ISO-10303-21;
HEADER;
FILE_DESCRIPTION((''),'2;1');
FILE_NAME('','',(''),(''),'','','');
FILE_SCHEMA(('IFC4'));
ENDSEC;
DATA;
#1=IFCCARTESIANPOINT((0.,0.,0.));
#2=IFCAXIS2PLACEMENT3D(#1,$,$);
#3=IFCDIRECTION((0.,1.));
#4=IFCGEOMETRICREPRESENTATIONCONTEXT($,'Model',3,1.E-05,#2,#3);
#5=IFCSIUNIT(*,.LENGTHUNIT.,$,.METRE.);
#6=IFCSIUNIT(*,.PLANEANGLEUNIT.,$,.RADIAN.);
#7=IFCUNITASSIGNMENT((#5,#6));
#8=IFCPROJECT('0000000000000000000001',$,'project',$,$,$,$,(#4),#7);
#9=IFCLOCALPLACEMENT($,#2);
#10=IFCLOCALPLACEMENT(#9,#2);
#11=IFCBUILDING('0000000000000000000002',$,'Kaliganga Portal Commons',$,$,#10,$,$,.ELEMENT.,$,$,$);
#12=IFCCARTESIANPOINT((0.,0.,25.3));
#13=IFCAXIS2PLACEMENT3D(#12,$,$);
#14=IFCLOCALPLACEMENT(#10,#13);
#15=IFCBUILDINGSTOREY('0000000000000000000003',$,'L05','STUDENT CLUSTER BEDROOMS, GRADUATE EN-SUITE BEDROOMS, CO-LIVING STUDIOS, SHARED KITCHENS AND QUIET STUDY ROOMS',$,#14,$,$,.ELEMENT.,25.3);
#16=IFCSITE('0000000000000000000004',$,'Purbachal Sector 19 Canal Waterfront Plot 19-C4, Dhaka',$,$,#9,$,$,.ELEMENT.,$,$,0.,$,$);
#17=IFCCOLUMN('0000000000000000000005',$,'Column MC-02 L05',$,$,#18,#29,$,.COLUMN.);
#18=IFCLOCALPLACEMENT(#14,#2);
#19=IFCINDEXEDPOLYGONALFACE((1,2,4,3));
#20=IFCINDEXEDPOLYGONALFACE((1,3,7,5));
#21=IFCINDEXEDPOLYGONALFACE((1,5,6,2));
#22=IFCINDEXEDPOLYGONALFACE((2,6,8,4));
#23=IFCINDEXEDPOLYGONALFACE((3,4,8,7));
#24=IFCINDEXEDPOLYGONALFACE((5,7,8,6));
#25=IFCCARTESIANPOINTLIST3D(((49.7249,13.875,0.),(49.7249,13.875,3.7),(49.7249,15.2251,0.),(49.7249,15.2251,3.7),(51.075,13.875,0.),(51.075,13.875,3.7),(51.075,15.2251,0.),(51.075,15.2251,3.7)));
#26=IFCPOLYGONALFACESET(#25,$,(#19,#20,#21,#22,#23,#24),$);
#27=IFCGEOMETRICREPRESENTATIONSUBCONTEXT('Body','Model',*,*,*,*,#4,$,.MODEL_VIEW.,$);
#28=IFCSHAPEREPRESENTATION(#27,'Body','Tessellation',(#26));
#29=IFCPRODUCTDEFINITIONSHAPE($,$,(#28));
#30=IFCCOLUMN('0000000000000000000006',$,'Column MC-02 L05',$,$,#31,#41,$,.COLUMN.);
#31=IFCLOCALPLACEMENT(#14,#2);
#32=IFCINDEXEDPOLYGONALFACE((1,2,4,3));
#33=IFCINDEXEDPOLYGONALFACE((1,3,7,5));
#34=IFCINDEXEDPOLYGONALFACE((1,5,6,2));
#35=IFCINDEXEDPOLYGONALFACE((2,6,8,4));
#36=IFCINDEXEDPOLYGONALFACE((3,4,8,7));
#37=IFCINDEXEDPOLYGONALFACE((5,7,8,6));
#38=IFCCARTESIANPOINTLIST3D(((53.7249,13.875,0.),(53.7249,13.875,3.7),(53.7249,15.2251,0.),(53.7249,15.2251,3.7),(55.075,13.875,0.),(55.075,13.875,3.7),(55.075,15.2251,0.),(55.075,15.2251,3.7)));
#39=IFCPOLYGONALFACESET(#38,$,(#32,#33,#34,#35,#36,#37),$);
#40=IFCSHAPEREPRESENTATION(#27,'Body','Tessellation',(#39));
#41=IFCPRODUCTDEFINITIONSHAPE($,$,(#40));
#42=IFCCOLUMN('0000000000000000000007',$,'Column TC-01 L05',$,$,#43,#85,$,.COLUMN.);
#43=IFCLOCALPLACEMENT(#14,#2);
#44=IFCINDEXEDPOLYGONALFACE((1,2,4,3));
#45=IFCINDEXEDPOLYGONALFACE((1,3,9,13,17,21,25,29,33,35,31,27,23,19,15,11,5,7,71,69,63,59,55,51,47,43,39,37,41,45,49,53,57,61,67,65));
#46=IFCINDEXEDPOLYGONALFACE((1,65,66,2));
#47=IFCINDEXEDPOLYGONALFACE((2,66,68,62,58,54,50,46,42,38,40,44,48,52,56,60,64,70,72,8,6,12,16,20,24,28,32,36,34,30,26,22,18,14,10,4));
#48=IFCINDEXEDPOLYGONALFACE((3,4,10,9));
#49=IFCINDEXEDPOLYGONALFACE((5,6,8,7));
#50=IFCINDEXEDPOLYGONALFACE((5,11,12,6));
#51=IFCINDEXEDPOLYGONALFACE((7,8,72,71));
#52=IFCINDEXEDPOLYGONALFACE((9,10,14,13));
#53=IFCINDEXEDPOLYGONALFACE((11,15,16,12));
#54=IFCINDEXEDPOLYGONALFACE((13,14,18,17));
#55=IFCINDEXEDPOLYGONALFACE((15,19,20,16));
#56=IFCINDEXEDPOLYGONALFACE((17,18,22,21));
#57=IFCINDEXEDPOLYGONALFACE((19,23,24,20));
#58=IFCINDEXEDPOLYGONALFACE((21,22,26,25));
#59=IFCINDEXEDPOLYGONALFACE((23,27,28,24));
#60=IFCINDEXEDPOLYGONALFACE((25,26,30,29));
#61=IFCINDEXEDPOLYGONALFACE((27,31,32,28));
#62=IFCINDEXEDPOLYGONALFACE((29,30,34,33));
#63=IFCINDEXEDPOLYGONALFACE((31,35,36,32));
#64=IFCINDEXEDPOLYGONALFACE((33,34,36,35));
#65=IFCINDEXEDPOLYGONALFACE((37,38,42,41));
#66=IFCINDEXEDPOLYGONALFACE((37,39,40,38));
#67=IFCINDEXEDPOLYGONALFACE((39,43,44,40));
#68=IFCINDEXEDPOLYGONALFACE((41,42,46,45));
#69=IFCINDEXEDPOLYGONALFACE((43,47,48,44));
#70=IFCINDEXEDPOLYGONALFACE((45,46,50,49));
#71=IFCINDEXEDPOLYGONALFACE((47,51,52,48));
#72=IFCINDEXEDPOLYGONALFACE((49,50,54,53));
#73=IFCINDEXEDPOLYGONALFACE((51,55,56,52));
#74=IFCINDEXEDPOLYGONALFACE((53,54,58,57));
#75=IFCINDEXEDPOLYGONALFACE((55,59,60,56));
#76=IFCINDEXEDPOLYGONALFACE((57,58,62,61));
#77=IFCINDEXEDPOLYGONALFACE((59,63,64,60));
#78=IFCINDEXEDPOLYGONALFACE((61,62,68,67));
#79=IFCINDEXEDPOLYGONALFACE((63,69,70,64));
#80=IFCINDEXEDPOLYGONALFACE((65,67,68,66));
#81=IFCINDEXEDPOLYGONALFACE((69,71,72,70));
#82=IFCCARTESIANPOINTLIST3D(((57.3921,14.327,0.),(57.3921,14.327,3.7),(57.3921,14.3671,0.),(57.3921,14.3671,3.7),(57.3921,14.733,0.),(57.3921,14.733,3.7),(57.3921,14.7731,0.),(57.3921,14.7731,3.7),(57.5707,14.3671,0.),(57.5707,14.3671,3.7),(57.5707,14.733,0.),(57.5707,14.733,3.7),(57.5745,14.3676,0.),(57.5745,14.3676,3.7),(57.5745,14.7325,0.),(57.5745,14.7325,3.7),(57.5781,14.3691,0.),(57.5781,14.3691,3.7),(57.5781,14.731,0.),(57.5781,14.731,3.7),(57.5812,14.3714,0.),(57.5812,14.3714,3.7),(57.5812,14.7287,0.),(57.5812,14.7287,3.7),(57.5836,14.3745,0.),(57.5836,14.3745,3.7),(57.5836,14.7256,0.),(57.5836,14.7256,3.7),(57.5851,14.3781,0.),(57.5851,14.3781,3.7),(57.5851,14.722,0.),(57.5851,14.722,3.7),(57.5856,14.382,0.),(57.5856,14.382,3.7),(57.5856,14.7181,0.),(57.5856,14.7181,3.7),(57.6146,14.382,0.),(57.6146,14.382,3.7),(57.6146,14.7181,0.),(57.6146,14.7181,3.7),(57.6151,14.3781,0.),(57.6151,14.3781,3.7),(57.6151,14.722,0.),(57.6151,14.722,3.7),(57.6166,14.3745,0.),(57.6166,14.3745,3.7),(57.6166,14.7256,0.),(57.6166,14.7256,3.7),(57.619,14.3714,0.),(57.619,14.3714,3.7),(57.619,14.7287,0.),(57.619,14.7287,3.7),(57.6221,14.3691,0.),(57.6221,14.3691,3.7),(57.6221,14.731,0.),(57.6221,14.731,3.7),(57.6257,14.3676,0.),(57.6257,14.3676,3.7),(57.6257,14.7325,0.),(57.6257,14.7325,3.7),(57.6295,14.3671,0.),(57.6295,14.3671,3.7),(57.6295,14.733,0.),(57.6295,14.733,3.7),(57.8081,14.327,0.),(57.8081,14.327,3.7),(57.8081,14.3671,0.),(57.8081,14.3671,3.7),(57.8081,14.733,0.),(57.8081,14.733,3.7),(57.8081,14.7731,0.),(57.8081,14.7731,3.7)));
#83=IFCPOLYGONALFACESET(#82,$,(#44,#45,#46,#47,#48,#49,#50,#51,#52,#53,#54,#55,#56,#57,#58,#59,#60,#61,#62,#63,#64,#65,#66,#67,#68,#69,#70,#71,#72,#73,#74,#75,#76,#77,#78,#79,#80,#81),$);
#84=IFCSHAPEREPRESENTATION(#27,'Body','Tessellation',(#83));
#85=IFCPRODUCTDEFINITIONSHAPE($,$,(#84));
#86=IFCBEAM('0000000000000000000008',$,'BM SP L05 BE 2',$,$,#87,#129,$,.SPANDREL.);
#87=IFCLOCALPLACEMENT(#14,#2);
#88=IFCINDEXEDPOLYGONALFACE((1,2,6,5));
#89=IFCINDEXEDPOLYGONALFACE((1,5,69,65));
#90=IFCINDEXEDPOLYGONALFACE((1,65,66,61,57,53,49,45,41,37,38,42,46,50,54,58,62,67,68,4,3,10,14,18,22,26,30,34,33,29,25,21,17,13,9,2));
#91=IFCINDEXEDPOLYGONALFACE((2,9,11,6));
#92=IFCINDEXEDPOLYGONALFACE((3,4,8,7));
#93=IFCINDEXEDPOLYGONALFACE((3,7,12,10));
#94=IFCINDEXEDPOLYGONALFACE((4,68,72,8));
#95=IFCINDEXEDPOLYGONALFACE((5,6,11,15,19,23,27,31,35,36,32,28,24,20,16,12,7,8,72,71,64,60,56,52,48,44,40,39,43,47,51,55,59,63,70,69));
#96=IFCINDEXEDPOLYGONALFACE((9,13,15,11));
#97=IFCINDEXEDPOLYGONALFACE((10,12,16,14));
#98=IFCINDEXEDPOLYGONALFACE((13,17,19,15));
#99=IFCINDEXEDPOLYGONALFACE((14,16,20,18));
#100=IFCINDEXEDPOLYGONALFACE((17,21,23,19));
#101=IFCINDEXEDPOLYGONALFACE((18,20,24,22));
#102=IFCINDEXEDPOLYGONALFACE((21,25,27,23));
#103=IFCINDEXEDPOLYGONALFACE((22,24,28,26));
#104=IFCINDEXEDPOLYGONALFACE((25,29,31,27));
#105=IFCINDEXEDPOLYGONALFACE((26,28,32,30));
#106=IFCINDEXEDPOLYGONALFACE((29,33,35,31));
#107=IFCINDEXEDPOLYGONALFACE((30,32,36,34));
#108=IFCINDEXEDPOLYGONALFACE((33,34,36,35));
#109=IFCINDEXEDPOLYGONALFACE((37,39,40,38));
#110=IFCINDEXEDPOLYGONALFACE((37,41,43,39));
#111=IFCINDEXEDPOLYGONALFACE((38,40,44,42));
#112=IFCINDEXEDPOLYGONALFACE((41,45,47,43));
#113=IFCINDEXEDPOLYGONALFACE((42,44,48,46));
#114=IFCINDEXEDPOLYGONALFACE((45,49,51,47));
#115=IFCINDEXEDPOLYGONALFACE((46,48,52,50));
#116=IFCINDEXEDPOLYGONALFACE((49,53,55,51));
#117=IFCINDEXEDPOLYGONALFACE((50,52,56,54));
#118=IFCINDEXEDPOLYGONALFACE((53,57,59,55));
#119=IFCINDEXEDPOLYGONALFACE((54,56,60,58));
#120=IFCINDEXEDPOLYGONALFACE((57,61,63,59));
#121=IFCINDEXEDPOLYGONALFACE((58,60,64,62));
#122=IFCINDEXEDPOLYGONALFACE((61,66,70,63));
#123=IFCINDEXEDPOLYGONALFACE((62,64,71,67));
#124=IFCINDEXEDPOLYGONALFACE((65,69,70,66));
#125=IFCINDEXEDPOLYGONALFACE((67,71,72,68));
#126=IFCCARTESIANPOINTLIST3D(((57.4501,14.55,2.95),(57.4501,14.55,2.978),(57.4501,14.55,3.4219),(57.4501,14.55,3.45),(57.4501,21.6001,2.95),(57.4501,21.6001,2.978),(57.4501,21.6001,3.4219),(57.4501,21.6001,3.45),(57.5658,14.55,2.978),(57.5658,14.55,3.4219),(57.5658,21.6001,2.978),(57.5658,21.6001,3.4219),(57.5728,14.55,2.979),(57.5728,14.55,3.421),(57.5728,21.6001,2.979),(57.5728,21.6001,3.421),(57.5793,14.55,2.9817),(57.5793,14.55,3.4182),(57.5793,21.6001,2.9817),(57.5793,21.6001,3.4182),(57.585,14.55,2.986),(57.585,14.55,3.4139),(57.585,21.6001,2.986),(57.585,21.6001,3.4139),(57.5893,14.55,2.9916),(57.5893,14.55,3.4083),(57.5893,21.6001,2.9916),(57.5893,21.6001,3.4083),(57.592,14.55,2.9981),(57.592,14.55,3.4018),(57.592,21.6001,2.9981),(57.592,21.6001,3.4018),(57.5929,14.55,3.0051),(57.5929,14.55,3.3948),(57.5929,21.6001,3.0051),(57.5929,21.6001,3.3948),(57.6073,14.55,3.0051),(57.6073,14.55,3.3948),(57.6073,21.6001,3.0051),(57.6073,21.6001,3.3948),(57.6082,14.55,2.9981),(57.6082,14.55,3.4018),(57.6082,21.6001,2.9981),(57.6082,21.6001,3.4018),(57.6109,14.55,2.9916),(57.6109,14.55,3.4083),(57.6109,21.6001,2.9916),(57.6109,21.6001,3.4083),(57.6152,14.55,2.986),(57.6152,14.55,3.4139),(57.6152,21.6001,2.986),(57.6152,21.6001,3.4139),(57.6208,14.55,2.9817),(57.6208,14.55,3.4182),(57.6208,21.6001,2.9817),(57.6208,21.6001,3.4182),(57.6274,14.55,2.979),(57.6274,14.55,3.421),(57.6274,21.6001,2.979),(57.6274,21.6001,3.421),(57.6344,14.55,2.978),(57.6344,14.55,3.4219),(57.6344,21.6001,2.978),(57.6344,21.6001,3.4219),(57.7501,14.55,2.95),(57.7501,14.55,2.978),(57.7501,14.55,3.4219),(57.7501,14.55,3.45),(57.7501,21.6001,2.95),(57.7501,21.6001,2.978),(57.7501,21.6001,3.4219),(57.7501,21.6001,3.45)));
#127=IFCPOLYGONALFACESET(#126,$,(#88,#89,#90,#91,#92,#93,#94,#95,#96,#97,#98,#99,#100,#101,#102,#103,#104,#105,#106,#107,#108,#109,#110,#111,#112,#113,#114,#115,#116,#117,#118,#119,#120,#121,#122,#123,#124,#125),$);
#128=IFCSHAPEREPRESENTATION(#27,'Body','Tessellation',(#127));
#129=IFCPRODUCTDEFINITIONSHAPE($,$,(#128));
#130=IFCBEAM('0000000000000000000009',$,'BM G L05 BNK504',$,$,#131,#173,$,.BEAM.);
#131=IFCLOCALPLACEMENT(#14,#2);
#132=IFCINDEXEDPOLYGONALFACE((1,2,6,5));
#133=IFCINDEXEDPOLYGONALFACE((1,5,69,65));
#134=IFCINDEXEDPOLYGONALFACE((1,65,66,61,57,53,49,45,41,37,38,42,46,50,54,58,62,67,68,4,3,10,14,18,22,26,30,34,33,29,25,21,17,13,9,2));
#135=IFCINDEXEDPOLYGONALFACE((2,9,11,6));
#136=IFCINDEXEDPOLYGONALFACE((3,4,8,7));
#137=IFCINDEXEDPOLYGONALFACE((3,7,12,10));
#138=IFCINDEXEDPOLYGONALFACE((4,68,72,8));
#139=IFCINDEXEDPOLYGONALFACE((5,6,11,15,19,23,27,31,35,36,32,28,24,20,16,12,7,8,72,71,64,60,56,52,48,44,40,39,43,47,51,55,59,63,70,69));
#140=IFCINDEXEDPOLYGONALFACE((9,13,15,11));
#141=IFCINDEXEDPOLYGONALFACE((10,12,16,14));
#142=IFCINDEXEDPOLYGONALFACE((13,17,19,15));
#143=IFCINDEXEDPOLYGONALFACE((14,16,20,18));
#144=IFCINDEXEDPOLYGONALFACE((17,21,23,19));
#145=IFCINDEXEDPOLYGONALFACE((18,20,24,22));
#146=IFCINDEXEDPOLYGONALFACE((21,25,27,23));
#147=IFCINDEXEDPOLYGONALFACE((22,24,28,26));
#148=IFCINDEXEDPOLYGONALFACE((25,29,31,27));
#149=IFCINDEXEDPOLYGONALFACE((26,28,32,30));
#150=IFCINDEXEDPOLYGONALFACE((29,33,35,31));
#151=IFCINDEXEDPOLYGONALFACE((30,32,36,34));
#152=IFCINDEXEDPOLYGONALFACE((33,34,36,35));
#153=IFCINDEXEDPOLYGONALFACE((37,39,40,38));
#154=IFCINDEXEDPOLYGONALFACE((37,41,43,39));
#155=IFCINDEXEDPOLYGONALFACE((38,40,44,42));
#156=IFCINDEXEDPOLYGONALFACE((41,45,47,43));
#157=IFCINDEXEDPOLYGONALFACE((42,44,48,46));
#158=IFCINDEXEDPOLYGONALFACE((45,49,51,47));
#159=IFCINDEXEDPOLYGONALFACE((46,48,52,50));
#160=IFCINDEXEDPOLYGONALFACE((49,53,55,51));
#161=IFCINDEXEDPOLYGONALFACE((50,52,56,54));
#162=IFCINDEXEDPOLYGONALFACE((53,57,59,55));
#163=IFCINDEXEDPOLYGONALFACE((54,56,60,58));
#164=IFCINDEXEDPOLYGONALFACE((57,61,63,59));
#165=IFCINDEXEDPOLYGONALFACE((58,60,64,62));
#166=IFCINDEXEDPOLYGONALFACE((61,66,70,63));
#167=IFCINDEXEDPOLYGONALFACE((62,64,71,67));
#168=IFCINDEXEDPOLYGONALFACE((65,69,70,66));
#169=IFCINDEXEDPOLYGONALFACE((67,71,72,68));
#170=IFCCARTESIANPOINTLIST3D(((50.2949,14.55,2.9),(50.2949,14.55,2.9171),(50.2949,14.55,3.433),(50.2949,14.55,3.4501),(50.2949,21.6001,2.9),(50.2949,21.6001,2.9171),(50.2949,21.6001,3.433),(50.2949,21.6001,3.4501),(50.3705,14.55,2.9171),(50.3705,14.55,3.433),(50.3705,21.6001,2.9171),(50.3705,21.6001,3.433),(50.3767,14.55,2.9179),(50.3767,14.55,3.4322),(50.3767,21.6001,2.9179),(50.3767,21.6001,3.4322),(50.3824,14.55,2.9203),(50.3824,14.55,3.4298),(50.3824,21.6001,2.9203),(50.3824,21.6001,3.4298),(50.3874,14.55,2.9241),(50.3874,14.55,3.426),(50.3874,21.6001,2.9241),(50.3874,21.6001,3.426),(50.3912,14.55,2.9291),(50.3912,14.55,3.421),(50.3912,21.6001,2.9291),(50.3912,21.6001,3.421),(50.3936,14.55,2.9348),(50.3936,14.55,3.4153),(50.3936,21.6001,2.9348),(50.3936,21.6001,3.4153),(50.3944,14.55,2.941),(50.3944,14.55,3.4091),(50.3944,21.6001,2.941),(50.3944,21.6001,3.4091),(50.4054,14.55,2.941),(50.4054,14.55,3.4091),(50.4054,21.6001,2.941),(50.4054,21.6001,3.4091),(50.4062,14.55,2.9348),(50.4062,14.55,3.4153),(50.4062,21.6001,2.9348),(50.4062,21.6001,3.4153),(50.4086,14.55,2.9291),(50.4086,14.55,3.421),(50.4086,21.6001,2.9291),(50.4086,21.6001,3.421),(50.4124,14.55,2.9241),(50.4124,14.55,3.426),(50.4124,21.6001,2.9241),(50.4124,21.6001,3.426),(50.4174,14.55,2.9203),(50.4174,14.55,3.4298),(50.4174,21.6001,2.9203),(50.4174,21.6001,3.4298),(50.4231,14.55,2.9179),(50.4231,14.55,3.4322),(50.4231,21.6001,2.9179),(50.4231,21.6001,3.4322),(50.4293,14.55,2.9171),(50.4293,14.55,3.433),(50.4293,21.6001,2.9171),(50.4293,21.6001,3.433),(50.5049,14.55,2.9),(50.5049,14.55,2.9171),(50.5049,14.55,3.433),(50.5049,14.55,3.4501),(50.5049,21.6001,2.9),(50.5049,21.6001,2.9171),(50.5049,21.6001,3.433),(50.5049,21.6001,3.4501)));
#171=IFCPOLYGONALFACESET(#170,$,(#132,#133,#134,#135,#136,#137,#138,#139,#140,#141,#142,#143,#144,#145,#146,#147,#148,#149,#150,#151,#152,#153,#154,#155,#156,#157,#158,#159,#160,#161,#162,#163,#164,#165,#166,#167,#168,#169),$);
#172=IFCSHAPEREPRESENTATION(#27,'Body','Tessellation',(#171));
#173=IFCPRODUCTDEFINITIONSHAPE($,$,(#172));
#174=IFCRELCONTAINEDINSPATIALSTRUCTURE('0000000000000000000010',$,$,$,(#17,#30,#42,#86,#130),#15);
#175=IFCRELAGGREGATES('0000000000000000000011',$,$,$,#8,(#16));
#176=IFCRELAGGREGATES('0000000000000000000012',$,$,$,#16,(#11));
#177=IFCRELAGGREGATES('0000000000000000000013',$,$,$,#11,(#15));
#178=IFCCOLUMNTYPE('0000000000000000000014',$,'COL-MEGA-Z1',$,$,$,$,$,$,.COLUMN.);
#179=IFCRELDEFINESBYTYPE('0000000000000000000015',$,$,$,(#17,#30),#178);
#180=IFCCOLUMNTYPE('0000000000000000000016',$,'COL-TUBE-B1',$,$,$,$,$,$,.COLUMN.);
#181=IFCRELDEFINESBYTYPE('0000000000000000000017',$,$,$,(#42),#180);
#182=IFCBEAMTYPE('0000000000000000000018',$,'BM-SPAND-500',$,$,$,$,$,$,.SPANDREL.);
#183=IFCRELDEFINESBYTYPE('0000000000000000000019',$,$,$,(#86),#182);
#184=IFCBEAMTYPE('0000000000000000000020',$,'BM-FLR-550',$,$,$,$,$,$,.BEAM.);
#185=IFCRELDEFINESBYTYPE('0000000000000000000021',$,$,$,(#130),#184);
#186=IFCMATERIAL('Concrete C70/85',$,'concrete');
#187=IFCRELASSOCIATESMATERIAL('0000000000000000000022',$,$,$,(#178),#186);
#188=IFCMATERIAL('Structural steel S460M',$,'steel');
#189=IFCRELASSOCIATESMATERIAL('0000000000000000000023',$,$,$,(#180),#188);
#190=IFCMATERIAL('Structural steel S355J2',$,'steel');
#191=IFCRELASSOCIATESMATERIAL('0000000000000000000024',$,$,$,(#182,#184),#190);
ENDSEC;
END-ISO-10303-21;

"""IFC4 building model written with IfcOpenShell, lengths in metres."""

from ifc_helpers import new_model, si_unit, direction, frame, origin, origin_2d, place, context, subcontext, project, spatial, rectangle, i_section, extrude, source, transform, mapped, material, material_profile, profile_set, type_object, element, save


model = new_model("IFC4")

# Units and contexts
model_context = context("Model", 3, precision=1e-05, world=origin(), true_north=direction((0.0, 1.0)))
body_context = subcontext(model_context, "Body", "Model", "MODEL_VIEW")
ifc_project = project(units=[si_unit("LENGTHUNIT", "METRE"), si_unit("PLANEANGLEUNIT", "RADIAN")], contexts=[model_context])

# Site, building, storey
site_placement = place(None, origin())
site = spatial("IfcSite", under=ifc_project, at=site_placement, Name="Purbachal Sector 19 Canal Waterfront Plot 19-C4, Dhaka", CompositionType="ELEMENT", RefElevation=0.0)
building_placement = place(site_placement, origin())
building = spatial("IfcBuilding", under=site, at=building_placement, Name="Kaliganga Portal Commons", CompositionType="ELEMENT")
storey_placement = place(building_placement, frame((0.0, 0.0, 25.3)))
storey = spatial("IfcBuildingStorey", under=building, at=storey_placement, Name="L05", Description="STUDENT CLUSTER BEDROOMS, GRADUATE EN-SUITE BEDROOMS, CO-LIVING STUDIOS, SHARED KITCHENS AND QUIET STUDY ROOMS", CompositionType="ELEMENT", Elevation=25.3)

# Columns
ifc_material_1 = material(Name="Concrete C70/85", Category="concrete")
ifc_material_profile_1 = material_profile(ifc_material_1, rectangle(XDim=1.3501, YDim=1.3501, at=origin_2d()), Name="RC 1350x1350")
ifc_profile_set_1 = profile_set([ifc_material_profile_1], Name="Concrete C70/85")
column_type_1 = type_object("IfcColumnType", Name="COL-MEGA-Z1", PredefinedType="COLUMN", material=ifc_profile_set_1)
shared_shape_1 = source(origin(), body_context, "Body", "SweptSolid", [
    extrude(rectangle(XDim=1.3501, YDim=1.3501, at=origin_2d()), origin(), (0.0, 0.0, 1.0), 3.7),
])
for number, where, z_axis, x_axis, name in (
    (1, (50.3999, 14.55, 0.0), (0.0, 0.0, 1.0), (1.0, 0.0, 0.0), "Column MC-02 L05"),
    (2, (54.3999, 14.55, 0.0), (0.0, 0.0, 1.0), (1.0, 0.0, 0.0), "Column MC-02 L05"),
):
    element("IfcColumn", number, at=place(storey_placement, frame(where, z_axis=z_axis, x_axis=x_axis)), inside=storey, type_object=column_type_1, Name=name, PredefinedType="COLUMN", context=body_context, shape_type="MappedRepresentation", body=[
        mapped(shared_shape_1, transform((0.0, 0.0, 0.0), x_axis=(1.0, 0.0, 0.0), y_axis=(0.0, 1.0, 0.0), z_axis=(0.0, 0.0, 1.0), scale=1.0)),
    ])
ifc_material_2 = material(Name="Structural steel S460M", Category="steel")
ifc_material_profile_2 = material_profile(ifc_material_2, i_section(OverallWidth=0.416, OverallDepth=0.446, WebThickness=0.0291, FlangeThickness=0.04, FilletRadius=0.0149, at=origin_2d()), Name="HD 400x509")
ifc_profile_set_2 = profile_set([ifc_material_profile_2], Name="Structural steel S460M wide-flange")
column_type_2 = type_object("IfcColumnType", Name="COL-TUBE-B1", PredefinedType="COLUMN", material=ifc_profile_set_2)
shared_shape_2 = source(origin(), body_context, "Body", "SweptSolid", [
    extrude(i_section(OverallWidth=0.416, OverallDepth=0.446, WebThickness=0.0291, FlangeThickness=0.04, FilletRadius=0.0149, at=origin_2d()), origin(), (0.0, 0.0, 1.0), 3.7),
])
column_placement = place(storey_placement, frame((57.6001, 14.55, 0.0), z_axis=(0.0, 0.0, 1.0), x_axis=(1.0, 0.0, 0.0)))
element("IfcColumn", 3, at=column_placement, inside=storey, type_object=column_type_2, Name="Column TC-01 L05", PredefinedType="COLUMN", context=body_context, shape_type="MappedRepresentation", body=[
    mapped(shared_shape_2, transform((0.0, 0.0, 0.0), x_axis=(1.0, 0.0, 0.0), y_axis=(0.0, 1.0, 0.0), z_axis=(0.0, 0.0, 1.0), scale=1.0)),
])

# Beams
ifc_material_3 = material(Name="Structural steel S355J2", Category="steel")
ifc_material_profile_3 = material_profile(ifc_material_3, i_section(OverallWidth=0.3, OverallDepth=0.5, WebThickness=0.0144, FlangeThickness=0.0281, FilletRadius=0.0271, at=origin_2d()), Name="HE 500 B")
ifc_profile_set_3 = profile_set([ifc_material_profile_3], Name="Structural steel S355J2 wide-flange")
beam_type_1 = type_object("IfcBeamType", Name="BM-SPAND-500", PredefinedType="SPANDREL", material=ifc_profile_set_3)
shared_shape_3 = source(origin(), body_context, "Body", "SweptSolid", [
    extrude(i_section(OverallWidth=0.3, OverallDepth=0.5, WebThickness=0.0144, FlangeThickness=0.0281, FilletRadius=0.0271, at=origin_2d()), origin(), (0.0, 0.0, 1.0), 7.05),
])
beam_1_placement = place(storey_placement, frame((57.6001, 14.55, 3.2), z_axis=(0.0, 1.0, 0.0), x_axis=(-1.0, 0.0, 0.0)))
element("IfcBeam", 4, at=beam_1_placement, inside=storey, type_object=beam_type_1, Name="BM SP L05 BE 2", PredefinedType="SPANDREL", context=body_context, shape_type="MappedRepresentation", body=[
    mapped(shared_shape_3, transform((0.0, 0.0, 0.0), x_axis=(1.0, 0.0, 0.0), y_axis=(0.0, 1.0, 0.0), z_axis=(0.0, 0.0, 1.0), scale=1.0)),
])
ifc_material_profile_4 = material_profile(ifc_material_3, i_section(OverallWidth=0.21, OverallDepth=0.55, WebThickness=0.011, FlangeThickness=0.0171, FilletRadius=0.0239, at=origin_2d()), Name="IPE 550")
ifc_profile_set_4 = profile_set([ifc_material_profile_4], Name="Structural steel S355J2 wide-flange")
beam_type_2 = type_object("IfcBeamType", Name="BM-FLR-550", PredefinedType="BEAM", material=ifc_profile_set_4)
shared_shape_4 = source(origin(), body_context, "Body", "SweptSolid", [
    extrude(i_section(OverallWidth=0.21, OverallDepth=0.55, WebThickness=0.011, FlangeThickness=0.0171, FilletRadius=0.0239, at=origin_2d()), origin(), (0.0, 0.0, 1.0), 7.05),
])
for number, where, z_axis, x_axis, name in (
    (5, (50.3999, 14.55, 3.175), (0.0, 1.0, 0.0), (-1.0, 0.0, 0.0), "BM G L05 BNK504"),
):
    element("IfcBeam", number, at=place(storey_placement, frame(where, z_axis=z_axis, x_axis=x_axis)), inside=storey, type_object=beam_type_2, Name=name, PredefinedType="BEAM", context=body_context, shape_type="MappedRepresentation", body=[
        mapped(shared_shape_4, transform((0.0, 0.0, 0.0), x_axis=(1.0, 0.0, 0.0), y_axis=(0.0, 1.0, 0.0), z_axis=(0.0, 0.0, 1.0), scale=1.0)),
    ])

save(model, "model.ifc")
